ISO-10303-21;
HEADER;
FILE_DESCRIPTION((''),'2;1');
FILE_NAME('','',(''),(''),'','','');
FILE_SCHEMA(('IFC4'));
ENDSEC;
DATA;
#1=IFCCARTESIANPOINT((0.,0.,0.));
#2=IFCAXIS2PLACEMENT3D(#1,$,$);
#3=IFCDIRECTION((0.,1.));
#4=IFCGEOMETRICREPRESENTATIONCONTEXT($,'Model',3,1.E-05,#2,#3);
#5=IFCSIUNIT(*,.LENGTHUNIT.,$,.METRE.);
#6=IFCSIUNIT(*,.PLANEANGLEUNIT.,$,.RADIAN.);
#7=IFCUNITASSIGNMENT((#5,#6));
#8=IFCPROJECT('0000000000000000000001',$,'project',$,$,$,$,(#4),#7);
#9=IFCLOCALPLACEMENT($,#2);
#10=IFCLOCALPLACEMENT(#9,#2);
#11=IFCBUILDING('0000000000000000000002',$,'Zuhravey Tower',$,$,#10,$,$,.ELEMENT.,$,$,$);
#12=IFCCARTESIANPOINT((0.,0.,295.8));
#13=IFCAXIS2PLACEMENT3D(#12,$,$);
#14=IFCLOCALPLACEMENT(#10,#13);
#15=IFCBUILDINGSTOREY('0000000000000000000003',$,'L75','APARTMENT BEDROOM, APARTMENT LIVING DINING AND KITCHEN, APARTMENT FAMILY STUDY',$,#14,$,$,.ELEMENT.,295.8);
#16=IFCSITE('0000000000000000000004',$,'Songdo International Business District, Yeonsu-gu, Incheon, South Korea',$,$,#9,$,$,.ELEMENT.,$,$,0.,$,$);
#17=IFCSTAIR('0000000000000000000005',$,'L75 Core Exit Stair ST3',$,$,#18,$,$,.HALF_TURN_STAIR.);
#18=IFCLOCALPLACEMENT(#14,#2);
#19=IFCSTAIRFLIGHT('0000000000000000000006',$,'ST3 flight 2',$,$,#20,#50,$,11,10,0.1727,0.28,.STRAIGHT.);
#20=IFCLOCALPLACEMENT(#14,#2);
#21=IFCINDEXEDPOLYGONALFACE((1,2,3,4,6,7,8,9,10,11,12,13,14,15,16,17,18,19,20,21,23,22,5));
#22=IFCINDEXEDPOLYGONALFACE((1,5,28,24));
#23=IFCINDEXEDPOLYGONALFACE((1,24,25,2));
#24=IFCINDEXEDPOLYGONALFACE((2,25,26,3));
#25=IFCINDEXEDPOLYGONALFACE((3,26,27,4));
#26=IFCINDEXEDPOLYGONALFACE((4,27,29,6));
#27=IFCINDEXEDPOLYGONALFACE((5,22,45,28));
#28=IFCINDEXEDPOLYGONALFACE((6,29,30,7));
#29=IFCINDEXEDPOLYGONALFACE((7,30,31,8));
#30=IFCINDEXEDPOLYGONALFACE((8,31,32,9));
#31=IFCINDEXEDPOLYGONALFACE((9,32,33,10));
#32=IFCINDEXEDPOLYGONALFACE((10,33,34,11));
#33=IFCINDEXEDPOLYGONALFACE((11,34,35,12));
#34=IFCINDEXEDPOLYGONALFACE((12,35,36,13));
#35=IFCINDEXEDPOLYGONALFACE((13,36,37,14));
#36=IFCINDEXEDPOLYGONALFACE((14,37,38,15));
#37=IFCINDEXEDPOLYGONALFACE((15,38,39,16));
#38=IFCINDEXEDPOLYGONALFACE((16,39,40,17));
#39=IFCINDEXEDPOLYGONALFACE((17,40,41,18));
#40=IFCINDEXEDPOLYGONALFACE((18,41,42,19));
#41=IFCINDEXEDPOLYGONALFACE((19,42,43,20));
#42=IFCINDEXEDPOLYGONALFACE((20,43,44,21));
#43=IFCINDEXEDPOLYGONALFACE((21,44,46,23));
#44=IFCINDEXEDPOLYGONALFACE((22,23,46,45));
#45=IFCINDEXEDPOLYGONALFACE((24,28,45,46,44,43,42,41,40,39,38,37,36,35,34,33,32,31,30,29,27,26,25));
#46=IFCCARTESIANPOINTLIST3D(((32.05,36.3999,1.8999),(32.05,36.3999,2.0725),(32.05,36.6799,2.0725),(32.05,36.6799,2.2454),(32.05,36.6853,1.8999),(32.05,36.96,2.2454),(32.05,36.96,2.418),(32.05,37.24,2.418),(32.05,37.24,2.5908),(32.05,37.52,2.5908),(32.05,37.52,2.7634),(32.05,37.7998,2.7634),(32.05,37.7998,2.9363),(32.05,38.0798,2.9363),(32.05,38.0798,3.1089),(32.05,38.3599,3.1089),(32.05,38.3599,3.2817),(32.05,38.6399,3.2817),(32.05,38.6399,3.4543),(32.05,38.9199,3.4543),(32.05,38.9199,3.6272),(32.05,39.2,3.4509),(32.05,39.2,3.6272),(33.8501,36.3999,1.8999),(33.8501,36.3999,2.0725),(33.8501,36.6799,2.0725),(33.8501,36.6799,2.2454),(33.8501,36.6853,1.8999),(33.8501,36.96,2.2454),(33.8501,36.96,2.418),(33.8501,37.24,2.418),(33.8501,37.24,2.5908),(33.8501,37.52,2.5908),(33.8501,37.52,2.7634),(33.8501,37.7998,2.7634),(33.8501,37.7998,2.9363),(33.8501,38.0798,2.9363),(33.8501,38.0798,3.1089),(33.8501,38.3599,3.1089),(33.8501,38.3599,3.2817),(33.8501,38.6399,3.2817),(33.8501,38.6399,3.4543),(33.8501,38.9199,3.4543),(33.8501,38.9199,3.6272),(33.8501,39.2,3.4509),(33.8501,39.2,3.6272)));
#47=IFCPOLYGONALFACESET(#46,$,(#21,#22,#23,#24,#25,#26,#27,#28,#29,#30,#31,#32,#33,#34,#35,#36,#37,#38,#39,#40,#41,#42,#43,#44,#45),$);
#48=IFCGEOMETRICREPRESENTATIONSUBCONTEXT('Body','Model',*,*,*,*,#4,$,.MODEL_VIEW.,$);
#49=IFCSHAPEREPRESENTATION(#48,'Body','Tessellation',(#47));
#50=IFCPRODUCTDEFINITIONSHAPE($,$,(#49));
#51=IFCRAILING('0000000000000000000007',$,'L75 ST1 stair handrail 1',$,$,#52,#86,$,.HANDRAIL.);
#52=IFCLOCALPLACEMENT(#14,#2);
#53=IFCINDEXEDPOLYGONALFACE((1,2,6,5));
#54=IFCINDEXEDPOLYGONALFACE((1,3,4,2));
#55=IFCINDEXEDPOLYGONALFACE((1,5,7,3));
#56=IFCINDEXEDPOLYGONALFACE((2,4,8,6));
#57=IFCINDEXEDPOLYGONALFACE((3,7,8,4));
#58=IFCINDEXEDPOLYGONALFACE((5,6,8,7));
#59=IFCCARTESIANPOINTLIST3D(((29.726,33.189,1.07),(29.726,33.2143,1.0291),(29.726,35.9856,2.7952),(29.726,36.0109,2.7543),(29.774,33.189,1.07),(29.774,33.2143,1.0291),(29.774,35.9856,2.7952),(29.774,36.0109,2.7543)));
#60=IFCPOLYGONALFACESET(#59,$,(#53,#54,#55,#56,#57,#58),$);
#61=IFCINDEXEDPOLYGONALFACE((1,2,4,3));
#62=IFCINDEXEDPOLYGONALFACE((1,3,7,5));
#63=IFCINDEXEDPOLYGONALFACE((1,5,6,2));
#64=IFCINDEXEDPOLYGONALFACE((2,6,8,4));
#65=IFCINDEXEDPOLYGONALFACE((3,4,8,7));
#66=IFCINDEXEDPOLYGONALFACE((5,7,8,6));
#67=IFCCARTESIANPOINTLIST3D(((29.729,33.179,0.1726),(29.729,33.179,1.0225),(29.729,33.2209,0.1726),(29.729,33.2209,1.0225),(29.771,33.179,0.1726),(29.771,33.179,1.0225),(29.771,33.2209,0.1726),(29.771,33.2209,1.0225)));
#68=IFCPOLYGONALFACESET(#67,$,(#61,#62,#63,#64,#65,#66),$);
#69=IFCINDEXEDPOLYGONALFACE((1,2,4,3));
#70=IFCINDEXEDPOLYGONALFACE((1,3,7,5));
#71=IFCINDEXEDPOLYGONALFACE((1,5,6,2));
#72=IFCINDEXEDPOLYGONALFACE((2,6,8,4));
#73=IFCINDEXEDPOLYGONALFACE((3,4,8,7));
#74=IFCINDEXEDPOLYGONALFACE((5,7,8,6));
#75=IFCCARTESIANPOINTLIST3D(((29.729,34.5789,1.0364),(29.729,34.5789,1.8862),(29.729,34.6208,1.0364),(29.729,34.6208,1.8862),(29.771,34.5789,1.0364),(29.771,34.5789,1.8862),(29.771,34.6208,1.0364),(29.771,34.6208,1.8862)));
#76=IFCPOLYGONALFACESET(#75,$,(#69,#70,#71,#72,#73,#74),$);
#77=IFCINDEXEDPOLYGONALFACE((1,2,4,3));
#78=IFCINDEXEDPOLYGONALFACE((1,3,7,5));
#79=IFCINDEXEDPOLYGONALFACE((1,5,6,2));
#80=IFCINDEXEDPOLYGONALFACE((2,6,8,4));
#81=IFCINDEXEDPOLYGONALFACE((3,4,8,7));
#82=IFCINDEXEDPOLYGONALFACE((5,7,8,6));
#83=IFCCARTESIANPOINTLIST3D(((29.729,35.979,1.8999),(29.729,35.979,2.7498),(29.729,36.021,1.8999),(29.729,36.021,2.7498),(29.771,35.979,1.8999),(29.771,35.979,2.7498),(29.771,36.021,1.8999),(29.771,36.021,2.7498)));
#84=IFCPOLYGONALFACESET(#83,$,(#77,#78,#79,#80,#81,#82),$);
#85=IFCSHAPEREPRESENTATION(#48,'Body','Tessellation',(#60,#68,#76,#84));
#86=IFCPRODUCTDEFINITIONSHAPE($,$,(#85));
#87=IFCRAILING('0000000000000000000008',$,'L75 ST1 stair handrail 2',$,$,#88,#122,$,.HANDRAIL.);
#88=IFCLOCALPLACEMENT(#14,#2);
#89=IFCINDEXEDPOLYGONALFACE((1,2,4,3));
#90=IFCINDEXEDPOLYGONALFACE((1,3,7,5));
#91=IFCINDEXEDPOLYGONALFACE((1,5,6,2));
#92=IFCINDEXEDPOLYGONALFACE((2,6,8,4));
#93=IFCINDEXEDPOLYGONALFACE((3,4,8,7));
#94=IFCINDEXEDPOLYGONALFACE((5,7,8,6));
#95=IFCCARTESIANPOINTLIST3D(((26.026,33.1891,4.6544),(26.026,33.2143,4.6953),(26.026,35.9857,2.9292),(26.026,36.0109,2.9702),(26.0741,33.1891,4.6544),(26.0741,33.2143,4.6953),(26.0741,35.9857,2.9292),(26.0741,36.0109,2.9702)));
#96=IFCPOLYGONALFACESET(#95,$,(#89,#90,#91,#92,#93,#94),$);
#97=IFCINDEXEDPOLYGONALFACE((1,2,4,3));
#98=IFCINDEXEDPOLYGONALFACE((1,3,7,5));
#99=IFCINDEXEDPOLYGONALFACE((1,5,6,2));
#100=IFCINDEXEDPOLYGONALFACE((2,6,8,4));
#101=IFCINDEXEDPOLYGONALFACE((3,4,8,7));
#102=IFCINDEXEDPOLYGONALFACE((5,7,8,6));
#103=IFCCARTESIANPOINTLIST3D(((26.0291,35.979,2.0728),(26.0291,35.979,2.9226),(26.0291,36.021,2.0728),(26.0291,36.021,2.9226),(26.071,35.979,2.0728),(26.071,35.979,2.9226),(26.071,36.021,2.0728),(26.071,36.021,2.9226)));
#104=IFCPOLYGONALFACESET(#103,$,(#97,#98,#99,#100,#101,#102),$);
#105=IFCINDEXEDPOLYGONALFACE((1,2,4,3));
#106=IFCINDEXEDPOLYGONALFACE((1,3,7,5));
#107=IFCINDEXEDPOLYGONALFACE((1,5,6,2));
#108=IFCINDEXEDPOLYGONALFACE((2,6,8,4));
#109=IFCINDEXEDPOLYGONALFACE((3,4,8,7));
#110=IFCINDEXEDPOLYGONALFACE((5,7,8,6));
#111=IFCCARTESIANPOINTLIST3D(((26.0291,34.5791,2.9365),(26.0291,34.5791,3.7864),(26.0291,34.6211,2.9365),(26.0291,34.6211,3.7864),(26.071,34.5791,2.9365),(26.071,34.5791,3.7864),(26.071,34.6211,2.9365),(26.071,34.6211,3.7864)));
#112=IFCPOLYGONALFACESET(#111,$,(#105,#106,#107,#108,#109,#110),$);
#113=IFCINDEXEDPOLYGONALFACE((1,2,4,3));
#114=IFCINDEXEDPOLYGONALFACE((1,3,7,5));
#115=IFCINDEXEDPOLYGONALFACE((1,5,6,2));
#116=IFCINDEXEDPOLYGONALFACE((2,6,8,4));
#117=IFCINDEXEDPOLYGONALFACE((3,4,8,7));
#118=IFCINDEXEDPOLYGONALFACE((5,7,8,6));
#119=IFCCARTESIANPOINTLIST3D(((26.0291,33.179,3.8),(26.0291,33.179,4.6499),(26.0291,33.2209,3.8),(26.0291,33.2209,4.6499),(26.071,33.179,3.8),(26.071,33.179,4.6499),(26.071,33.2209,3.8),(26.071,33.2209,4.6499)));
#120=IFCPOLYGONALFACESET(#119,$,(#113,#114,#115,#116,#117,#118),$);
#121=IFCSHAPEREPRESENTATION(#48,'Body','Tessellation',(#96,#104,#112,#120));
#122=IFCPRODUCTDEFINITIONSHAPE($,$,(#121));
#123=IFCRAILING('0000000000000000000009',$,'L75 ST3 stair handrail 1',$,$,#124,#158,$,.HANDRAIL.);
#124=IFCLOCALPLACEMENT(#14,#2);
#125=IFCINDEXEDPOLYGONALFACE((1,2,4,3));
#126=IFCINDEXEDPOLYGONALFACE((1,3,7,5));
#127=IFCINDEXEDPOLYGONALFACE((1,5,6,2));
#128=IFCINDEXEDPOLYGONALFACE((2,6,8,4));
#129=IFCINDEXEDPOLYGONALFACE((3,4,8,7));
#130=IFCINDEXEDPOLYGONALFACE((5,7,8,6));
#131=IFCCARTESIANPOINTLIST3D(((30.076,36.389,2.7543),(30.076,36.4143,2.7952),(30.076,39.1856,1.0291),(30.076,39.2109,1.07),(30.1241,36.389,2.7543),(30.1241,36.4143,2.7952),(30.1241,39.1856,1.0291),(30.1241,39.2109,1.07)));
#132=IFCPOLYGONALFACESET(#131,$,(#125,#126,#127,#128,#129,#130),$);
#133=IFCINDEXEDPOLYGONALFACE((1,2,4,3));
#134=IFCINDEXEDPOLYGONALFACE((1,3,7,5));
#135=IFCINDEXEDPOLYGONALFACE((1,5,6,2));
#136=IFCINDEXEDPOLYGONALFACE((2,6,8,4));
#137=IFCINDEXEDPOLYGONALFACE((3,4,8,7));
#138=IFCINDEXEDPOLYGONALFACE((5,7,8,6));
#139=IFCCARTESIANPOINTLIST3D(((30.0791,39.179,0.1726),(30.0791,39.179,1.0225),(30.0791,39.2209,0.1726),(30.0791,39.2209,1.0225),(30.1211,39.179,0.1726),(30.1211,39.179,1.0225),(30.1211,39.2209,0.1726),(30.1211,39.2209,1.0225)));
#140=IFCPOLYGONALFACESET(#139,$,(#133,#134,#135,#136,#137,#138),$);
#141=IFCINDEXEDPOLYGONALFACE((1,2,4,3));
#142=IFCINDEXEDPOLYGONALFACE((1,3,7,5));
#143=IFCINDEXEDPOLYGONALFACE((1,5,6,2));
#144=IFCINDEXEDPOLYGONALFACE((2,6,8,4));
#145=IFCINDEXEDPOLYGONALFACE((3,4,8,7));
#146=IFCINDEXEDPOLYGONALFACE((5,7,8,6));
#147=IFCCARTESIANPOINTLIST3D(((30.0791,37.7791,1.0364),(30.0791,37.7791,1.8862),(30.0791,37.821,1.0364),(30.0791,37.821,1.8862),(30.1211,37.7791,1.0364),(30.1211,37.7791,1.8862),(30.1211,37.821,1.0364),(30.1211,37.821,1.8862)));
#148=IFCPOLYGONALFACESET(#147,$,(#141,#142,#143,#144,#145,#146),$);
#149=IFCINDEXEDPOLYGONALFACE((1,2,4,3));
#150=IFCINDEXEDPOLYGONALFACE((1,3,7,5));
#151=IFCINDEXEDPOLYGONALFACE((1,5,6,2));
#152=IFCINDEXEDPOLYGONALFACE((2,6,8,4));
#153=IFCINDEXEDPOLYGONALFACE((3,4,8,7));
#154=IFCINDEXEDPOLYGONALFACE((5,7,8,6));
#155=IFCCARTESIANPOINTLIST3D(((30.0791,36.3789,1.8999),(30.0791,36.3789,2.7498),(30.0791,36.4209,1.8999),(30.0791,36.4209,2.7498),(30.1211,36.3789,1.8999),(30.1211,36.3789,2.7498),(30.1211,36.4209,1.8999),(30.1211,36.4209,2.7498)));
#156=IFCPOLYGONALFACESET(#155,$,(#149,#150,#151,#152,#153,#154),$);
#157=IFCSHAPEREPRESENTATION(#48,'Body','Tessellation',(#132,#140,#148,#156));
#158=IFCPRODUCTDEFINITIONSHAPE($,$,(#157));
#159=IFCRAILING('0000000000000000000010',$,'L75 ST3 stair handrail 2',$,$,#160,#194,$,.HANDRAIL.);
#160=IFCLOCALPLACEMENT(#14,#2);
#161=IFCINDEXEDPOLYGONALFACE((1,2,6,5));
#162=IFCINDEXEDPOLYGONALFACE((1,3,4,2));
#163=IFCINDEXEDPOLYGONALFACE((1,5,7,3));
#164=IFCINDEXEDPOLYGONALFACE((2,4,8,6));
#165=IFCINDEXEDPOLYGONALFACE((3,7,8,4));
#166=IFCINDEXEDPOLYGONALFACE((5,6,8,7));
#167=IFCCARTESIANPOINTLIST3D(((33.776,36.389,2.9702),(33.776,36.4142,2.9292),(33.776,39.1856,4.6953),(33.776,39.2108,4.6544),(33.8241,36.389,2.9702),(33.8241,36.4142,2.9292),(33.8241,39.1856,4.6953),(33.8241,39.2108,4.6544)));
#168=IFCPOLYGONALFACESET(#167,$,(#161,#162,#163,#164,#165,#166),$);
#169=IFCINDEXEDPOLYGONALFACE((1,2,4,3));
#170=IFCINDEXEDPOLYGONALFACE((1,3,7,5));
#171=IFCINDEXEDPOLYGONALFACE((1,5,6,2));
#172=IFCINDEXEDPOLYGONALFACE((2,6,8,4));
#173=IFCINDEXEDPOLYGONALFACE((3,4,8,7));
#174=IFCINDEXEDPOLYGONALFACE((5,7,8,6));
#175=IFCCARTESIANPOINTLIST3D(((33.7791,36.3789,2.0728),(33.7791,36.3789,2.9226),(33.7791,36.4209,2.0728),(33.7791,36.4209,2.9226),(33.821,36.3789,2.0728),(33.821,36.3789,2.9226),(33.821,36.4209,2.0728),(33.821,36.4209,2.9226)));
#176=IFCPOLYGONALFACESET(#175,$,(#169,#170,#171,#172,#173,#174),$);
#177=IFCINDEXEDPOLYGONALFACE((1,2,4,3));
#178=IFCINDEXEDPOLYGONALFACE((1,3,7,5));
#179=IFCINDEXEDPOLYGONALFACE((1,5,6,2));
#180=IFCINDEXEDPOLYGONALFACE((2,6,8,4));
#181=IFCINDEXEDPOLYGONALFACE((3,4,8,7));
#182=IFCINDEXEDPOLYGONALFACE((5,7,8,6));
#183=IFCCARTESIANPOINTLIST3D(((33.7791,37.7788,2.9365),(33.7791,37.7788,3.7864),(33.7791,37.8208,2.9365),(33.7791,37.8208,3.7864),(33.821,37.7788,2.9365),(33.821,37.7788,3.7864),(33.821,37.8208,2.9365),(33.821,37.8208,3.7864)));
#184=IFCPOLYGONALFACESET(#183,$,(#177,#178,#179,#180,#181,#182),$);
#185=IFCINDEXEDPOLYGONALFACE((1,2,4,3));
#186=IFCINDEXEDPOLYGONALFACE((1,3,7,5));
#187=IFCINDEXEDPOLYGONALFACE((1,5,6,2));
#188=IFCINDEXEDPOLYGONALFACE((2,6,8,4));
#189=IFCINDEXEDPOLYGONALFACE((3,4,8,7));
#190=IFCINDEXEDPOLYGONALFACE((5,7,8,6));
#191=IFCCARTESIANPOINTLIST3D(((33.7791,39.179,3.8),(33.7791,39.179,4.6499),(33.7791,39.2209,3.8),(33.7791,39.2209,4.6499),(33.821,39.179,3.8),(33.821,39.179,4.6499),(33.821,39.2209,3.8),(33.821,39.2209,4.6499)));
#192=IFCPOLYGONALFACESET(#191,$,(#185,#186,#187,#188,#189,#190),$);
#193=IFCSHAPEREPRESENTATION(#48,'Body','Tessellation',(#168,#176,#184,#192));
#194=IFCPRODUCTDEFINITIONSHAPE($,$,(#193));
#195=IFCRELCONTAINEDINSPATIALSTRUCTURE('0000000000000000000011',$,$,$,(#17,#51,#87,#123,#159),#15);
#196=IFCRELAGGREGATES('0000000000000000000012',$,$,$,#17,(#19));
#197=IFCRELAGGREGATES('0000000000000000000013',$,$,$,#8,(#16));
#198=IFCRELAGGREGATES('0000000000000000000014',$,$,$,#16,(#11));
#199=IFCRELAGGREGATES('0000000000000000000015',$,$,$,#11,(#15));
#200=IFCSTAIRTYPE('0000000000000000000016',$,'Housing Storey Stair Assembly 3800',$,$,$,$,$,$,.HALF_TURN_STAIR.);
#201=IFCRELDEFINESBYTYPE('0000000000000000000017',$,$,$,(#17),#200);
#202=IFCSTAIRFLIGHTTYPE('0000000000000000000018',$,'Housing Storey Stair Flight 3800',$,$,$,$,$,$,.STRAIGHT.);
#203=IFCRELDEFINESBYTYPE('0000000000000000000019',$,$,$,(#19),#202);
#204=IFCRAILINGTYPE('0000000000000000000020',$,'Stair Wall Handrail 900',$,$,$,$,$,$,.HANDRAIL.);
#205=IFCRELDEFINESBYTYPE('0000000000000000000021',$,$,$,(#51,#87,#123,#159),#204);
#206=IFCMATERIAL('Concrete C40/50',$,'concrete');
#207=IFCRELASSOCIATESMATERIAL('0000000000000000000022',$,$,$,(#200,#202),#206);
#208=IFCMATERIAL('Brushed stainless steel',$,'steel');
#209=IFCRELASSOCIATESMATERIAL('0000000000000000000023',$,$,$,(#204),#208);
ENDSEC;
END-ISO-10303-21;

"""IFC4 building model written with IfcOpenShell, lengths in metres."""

from ifc_helpers import new_model, si_unit, direction, frame, origin, origin_2d, place, context, subcontext, project, spatial, polyline, rectangle, outline, extrude, material, type_object, element, aggregate, save


model = new_model("IFC4")

# Units and contexts
model_context = context("Model", 3, precision=1e-05, world=origin(), true_north=direction((0.0, 1.0)))
body_context = subcontext(model_context, "Body", "Model", "MODEL_VIEW")
ifc_project = project(units=[si_unit("LENGTHUNIT", "METRE"), si_unit("PLANEANGLEUNIT", "RADIAN")], contexts=[model_context])

# Site, building, storey
site_placement = place(None, origin())
site = spatial("IfcSite", under=ifc_project, at=site_placement, Name="Songdo International Business District, Yeonsu-gu, Incheon, South Korea", CompositionType="ELEMENT", RefElevation=0.0)
building_placement = place(site_placement, origin())
building = spatial("IfcBuilding", under=site, at=building_placement, Name="Zuhravey Tower", CompositionType="ELEMENT")
storey_placement = place(building_placement, frame((0.0, 0.0, 295.8)))
storey = spatial("IfcBuildingStorey", under=building, at=storey_placement, Name="L75", Description="APARTMENT BEDROOM, APARTMENT LIVING DINING AND KITCHEN, APARTMENT FAMILY STUDY", CompositionType="ELEMENT", Elevation=295.8)

# Stair, stair flight
ifc_material_1 = material(Name="Concrete C40/50", Category="concrete")
stair_type = type_object("IfcStairType", Name="Housing Storey Stair Assembly 3800", PredefinedType="HALF_TURN_STAIR", material=ifc_material_1)
stair_flight_type = type_object("IfcStairFlightType", Name="Housing Storey Stair Flight 3800", PredefinedType="STRAIGHT", material=ifc_material_1)
stair_1_placement = place(storey_placement, origin())
stair_1 = element("IfcStair", 1, at=stair_1_placement, inside=storey, type_object=stair_type, Name="L75 Core Exit Stair ST3", PredefinedType="HALF_TURN_STAIR")
stair_flight_1_placement = place(storey_placement, frame((32.95, 36.3999, 1.8999), z_axis=(0.0, 0.0, 1.0), x_axis=(0.0, 1.0, 0.0)))
stair_flight_1 = element("IfcStairFlight", 2, at=stair_flight_1_placement, type_object=stair_flight_type, Name="ST3 flight 2", NumberOfRisers=11, NumberOfTreads=10, PredefinedType="STRAIGHT", RiserHeight=0.1727, TreadLength=0.28, context=body_context, shape_type="SweptSolid", body=[
    extrude(outline(polyline([(0.0, 0.0), (0.0, 0.1726), (0.28, 0.1726), (0.28, 0.3455), (0.5601, 0.3455), (0.5601, 0.5181), (0.8401, 0.5181), (0.8401, 0.6909), (1.1201, 0.6909), (1.1201, 0.8635), (1.3999, 0.8635), (1.3999, 1.0364), (1.6799, 1.0364), (1.6799, 1.209), (1.96, 1.209), (1.96, 1.3818), (2.24, 1.3818), (2.24, 1.5544), (2.52, 1.5544), (2.52, 1.7273), (2.8, 1.7273), (2.8, 1.8999), (2.8, 1.551), (0.2854, 0.0), (0.0, 0.0)])), frame((0.0, 0.8999, 0.0), z_axis=(0.0, -1.0, 0.0), x_axis=(1.0, 0.0, 0.0)), (0.0, 0.0, 1.0), 1.8),
])
aggregate(stair_1, [stair_flight_1])

# Railings
ifc_material_2 = material(Name="Brushed stainless steel", Category="steel")
railing_type_1 = type_object("IfcRailingType", Name="Stair Wall Handrail 900", PredefinedType="HANDRAIL", material=ifc_material_2)
railing_1_placement = place(storey_placement, frame((29.75, 33.2, 0.1726)))
element("IfcRailing", 3, at=railing_1_placement, inside=storey, type_object=railing_type_1, Name="L75 ST1 stair handrail 1", PredefinedType="HANDRAIL", context=body_context, shape_type="SweptSolid", body=[
    extrude(rectangle(XDim=0.0481, YDim=0.0481, at=origin_2d()), frame((0.0, 0.0017, 0.877), z_axis=(0.0, 0.85109, 0.52502), x_axis=(-1.0, 0.0, 0.0)), (0.0, 0.0, 1.0), 3.2859),
    extrude(rectangle(XDim=0.042, YDim=0.042, at=origin_2d()), origin(), (0.0, 0.0, 1.0), 0.8499),
    extrude(rectangle(XDim=0.042, YDim=0.042, at=origin_2d()), frame((0.0, 1.3999, 0.8638)), (0.0, 0.0, 1.0), 0.8499),
    extrude(rectangle(XDim=0.042, YDim=0.042, at=origin_2d()), frame((0.0, 2.8, 1.7273)), (0.0, 0.0, 1.0), 0.8499),
])
for number, where, name in (
    (4, (26.05, 36.0, 2.0728), "L75 ST1 stair handrail 2"),
    (5, (30.1001, 39.2, 0.1726), "L75 ST3 stair handrail 1"),
):
    element("IfcRailing", number, at=place(storey_placement, frame(where)), inside=storey, type_object=railing_type_1, Name=name, PredefinedType="HANDRAIL", context=body_context, shape_type="SweptSolid", body=[
        extrude(rectangle(XDim=0.0481, YDim=0.0481, at=origin_2d()), frame((0.0, -0.0017, 0.877), z_axis=(0.0, -0.85109, 0.52502), x_axis=(1.0, 0.0, 0.0)), (0.0, 0.0, 1.0), 3.2859),
        extrude(rectangle(XDim=0.042, YDim=0.042, at=origin_2d()), origin(), (0.0, 0.0, 1.0), 0.8499),
        extrude(rectangle(XDim=0.042, YDim=0.042, at=origin_2d()), frame((0.0, -1.3999, 0.8638)), (0.0, 0.0, 1.0), 0.8499),
        extrude(rectangle(XDim=0.042, YDim=0.042, at=origin_2d()), frame((0.0, -2.8, 1.7273)), (0.0, 0.0, 1.0), 0.8499),
    ])
railing_2_placement = place(storey_placement, frame((33.8, 36.3999, 2.0728)))
element("IfcRailing", 6, at=railing_2_placement, inside=storey, type_object=railing_type_1, Name="L75 ST3 stair handrail 2", PredefinedType="HANDRAIL", context=body_context, shape_type="SweptSolid", body=[
    extrude(rectangle(XDim=0.0481, YDim=0.0481, at=origin_2d()), frame((0.0, 0.0017, 0.877), z_axis=(0.0, 0.85109, 0.52502), x_axis=(-1.0, 0.0, 0.0)), (0.0, 0.0, 1.0), 3.2859),
    extrude(rectangle(XDim=0.042, YDim=0.042, at=origin_2d()), origin(), (0.0, 0.0, 1.0), 0.8499),
    extrude(rectangle(XDim=0.042, YDim=0.042, at=origin_2d()), frame((0.0, 1.3999, 0.8638)), (0.0, 0.0, 1.0), 0.8499),
    extrude(rectangle(XDim=0.042, YDim=0.042, at=origin_2d()), frame((0.0, 2.8, 1.7273)), (0.0, 0.0, 1.0), 0.8499),
])

save(model, "model.ifc")
